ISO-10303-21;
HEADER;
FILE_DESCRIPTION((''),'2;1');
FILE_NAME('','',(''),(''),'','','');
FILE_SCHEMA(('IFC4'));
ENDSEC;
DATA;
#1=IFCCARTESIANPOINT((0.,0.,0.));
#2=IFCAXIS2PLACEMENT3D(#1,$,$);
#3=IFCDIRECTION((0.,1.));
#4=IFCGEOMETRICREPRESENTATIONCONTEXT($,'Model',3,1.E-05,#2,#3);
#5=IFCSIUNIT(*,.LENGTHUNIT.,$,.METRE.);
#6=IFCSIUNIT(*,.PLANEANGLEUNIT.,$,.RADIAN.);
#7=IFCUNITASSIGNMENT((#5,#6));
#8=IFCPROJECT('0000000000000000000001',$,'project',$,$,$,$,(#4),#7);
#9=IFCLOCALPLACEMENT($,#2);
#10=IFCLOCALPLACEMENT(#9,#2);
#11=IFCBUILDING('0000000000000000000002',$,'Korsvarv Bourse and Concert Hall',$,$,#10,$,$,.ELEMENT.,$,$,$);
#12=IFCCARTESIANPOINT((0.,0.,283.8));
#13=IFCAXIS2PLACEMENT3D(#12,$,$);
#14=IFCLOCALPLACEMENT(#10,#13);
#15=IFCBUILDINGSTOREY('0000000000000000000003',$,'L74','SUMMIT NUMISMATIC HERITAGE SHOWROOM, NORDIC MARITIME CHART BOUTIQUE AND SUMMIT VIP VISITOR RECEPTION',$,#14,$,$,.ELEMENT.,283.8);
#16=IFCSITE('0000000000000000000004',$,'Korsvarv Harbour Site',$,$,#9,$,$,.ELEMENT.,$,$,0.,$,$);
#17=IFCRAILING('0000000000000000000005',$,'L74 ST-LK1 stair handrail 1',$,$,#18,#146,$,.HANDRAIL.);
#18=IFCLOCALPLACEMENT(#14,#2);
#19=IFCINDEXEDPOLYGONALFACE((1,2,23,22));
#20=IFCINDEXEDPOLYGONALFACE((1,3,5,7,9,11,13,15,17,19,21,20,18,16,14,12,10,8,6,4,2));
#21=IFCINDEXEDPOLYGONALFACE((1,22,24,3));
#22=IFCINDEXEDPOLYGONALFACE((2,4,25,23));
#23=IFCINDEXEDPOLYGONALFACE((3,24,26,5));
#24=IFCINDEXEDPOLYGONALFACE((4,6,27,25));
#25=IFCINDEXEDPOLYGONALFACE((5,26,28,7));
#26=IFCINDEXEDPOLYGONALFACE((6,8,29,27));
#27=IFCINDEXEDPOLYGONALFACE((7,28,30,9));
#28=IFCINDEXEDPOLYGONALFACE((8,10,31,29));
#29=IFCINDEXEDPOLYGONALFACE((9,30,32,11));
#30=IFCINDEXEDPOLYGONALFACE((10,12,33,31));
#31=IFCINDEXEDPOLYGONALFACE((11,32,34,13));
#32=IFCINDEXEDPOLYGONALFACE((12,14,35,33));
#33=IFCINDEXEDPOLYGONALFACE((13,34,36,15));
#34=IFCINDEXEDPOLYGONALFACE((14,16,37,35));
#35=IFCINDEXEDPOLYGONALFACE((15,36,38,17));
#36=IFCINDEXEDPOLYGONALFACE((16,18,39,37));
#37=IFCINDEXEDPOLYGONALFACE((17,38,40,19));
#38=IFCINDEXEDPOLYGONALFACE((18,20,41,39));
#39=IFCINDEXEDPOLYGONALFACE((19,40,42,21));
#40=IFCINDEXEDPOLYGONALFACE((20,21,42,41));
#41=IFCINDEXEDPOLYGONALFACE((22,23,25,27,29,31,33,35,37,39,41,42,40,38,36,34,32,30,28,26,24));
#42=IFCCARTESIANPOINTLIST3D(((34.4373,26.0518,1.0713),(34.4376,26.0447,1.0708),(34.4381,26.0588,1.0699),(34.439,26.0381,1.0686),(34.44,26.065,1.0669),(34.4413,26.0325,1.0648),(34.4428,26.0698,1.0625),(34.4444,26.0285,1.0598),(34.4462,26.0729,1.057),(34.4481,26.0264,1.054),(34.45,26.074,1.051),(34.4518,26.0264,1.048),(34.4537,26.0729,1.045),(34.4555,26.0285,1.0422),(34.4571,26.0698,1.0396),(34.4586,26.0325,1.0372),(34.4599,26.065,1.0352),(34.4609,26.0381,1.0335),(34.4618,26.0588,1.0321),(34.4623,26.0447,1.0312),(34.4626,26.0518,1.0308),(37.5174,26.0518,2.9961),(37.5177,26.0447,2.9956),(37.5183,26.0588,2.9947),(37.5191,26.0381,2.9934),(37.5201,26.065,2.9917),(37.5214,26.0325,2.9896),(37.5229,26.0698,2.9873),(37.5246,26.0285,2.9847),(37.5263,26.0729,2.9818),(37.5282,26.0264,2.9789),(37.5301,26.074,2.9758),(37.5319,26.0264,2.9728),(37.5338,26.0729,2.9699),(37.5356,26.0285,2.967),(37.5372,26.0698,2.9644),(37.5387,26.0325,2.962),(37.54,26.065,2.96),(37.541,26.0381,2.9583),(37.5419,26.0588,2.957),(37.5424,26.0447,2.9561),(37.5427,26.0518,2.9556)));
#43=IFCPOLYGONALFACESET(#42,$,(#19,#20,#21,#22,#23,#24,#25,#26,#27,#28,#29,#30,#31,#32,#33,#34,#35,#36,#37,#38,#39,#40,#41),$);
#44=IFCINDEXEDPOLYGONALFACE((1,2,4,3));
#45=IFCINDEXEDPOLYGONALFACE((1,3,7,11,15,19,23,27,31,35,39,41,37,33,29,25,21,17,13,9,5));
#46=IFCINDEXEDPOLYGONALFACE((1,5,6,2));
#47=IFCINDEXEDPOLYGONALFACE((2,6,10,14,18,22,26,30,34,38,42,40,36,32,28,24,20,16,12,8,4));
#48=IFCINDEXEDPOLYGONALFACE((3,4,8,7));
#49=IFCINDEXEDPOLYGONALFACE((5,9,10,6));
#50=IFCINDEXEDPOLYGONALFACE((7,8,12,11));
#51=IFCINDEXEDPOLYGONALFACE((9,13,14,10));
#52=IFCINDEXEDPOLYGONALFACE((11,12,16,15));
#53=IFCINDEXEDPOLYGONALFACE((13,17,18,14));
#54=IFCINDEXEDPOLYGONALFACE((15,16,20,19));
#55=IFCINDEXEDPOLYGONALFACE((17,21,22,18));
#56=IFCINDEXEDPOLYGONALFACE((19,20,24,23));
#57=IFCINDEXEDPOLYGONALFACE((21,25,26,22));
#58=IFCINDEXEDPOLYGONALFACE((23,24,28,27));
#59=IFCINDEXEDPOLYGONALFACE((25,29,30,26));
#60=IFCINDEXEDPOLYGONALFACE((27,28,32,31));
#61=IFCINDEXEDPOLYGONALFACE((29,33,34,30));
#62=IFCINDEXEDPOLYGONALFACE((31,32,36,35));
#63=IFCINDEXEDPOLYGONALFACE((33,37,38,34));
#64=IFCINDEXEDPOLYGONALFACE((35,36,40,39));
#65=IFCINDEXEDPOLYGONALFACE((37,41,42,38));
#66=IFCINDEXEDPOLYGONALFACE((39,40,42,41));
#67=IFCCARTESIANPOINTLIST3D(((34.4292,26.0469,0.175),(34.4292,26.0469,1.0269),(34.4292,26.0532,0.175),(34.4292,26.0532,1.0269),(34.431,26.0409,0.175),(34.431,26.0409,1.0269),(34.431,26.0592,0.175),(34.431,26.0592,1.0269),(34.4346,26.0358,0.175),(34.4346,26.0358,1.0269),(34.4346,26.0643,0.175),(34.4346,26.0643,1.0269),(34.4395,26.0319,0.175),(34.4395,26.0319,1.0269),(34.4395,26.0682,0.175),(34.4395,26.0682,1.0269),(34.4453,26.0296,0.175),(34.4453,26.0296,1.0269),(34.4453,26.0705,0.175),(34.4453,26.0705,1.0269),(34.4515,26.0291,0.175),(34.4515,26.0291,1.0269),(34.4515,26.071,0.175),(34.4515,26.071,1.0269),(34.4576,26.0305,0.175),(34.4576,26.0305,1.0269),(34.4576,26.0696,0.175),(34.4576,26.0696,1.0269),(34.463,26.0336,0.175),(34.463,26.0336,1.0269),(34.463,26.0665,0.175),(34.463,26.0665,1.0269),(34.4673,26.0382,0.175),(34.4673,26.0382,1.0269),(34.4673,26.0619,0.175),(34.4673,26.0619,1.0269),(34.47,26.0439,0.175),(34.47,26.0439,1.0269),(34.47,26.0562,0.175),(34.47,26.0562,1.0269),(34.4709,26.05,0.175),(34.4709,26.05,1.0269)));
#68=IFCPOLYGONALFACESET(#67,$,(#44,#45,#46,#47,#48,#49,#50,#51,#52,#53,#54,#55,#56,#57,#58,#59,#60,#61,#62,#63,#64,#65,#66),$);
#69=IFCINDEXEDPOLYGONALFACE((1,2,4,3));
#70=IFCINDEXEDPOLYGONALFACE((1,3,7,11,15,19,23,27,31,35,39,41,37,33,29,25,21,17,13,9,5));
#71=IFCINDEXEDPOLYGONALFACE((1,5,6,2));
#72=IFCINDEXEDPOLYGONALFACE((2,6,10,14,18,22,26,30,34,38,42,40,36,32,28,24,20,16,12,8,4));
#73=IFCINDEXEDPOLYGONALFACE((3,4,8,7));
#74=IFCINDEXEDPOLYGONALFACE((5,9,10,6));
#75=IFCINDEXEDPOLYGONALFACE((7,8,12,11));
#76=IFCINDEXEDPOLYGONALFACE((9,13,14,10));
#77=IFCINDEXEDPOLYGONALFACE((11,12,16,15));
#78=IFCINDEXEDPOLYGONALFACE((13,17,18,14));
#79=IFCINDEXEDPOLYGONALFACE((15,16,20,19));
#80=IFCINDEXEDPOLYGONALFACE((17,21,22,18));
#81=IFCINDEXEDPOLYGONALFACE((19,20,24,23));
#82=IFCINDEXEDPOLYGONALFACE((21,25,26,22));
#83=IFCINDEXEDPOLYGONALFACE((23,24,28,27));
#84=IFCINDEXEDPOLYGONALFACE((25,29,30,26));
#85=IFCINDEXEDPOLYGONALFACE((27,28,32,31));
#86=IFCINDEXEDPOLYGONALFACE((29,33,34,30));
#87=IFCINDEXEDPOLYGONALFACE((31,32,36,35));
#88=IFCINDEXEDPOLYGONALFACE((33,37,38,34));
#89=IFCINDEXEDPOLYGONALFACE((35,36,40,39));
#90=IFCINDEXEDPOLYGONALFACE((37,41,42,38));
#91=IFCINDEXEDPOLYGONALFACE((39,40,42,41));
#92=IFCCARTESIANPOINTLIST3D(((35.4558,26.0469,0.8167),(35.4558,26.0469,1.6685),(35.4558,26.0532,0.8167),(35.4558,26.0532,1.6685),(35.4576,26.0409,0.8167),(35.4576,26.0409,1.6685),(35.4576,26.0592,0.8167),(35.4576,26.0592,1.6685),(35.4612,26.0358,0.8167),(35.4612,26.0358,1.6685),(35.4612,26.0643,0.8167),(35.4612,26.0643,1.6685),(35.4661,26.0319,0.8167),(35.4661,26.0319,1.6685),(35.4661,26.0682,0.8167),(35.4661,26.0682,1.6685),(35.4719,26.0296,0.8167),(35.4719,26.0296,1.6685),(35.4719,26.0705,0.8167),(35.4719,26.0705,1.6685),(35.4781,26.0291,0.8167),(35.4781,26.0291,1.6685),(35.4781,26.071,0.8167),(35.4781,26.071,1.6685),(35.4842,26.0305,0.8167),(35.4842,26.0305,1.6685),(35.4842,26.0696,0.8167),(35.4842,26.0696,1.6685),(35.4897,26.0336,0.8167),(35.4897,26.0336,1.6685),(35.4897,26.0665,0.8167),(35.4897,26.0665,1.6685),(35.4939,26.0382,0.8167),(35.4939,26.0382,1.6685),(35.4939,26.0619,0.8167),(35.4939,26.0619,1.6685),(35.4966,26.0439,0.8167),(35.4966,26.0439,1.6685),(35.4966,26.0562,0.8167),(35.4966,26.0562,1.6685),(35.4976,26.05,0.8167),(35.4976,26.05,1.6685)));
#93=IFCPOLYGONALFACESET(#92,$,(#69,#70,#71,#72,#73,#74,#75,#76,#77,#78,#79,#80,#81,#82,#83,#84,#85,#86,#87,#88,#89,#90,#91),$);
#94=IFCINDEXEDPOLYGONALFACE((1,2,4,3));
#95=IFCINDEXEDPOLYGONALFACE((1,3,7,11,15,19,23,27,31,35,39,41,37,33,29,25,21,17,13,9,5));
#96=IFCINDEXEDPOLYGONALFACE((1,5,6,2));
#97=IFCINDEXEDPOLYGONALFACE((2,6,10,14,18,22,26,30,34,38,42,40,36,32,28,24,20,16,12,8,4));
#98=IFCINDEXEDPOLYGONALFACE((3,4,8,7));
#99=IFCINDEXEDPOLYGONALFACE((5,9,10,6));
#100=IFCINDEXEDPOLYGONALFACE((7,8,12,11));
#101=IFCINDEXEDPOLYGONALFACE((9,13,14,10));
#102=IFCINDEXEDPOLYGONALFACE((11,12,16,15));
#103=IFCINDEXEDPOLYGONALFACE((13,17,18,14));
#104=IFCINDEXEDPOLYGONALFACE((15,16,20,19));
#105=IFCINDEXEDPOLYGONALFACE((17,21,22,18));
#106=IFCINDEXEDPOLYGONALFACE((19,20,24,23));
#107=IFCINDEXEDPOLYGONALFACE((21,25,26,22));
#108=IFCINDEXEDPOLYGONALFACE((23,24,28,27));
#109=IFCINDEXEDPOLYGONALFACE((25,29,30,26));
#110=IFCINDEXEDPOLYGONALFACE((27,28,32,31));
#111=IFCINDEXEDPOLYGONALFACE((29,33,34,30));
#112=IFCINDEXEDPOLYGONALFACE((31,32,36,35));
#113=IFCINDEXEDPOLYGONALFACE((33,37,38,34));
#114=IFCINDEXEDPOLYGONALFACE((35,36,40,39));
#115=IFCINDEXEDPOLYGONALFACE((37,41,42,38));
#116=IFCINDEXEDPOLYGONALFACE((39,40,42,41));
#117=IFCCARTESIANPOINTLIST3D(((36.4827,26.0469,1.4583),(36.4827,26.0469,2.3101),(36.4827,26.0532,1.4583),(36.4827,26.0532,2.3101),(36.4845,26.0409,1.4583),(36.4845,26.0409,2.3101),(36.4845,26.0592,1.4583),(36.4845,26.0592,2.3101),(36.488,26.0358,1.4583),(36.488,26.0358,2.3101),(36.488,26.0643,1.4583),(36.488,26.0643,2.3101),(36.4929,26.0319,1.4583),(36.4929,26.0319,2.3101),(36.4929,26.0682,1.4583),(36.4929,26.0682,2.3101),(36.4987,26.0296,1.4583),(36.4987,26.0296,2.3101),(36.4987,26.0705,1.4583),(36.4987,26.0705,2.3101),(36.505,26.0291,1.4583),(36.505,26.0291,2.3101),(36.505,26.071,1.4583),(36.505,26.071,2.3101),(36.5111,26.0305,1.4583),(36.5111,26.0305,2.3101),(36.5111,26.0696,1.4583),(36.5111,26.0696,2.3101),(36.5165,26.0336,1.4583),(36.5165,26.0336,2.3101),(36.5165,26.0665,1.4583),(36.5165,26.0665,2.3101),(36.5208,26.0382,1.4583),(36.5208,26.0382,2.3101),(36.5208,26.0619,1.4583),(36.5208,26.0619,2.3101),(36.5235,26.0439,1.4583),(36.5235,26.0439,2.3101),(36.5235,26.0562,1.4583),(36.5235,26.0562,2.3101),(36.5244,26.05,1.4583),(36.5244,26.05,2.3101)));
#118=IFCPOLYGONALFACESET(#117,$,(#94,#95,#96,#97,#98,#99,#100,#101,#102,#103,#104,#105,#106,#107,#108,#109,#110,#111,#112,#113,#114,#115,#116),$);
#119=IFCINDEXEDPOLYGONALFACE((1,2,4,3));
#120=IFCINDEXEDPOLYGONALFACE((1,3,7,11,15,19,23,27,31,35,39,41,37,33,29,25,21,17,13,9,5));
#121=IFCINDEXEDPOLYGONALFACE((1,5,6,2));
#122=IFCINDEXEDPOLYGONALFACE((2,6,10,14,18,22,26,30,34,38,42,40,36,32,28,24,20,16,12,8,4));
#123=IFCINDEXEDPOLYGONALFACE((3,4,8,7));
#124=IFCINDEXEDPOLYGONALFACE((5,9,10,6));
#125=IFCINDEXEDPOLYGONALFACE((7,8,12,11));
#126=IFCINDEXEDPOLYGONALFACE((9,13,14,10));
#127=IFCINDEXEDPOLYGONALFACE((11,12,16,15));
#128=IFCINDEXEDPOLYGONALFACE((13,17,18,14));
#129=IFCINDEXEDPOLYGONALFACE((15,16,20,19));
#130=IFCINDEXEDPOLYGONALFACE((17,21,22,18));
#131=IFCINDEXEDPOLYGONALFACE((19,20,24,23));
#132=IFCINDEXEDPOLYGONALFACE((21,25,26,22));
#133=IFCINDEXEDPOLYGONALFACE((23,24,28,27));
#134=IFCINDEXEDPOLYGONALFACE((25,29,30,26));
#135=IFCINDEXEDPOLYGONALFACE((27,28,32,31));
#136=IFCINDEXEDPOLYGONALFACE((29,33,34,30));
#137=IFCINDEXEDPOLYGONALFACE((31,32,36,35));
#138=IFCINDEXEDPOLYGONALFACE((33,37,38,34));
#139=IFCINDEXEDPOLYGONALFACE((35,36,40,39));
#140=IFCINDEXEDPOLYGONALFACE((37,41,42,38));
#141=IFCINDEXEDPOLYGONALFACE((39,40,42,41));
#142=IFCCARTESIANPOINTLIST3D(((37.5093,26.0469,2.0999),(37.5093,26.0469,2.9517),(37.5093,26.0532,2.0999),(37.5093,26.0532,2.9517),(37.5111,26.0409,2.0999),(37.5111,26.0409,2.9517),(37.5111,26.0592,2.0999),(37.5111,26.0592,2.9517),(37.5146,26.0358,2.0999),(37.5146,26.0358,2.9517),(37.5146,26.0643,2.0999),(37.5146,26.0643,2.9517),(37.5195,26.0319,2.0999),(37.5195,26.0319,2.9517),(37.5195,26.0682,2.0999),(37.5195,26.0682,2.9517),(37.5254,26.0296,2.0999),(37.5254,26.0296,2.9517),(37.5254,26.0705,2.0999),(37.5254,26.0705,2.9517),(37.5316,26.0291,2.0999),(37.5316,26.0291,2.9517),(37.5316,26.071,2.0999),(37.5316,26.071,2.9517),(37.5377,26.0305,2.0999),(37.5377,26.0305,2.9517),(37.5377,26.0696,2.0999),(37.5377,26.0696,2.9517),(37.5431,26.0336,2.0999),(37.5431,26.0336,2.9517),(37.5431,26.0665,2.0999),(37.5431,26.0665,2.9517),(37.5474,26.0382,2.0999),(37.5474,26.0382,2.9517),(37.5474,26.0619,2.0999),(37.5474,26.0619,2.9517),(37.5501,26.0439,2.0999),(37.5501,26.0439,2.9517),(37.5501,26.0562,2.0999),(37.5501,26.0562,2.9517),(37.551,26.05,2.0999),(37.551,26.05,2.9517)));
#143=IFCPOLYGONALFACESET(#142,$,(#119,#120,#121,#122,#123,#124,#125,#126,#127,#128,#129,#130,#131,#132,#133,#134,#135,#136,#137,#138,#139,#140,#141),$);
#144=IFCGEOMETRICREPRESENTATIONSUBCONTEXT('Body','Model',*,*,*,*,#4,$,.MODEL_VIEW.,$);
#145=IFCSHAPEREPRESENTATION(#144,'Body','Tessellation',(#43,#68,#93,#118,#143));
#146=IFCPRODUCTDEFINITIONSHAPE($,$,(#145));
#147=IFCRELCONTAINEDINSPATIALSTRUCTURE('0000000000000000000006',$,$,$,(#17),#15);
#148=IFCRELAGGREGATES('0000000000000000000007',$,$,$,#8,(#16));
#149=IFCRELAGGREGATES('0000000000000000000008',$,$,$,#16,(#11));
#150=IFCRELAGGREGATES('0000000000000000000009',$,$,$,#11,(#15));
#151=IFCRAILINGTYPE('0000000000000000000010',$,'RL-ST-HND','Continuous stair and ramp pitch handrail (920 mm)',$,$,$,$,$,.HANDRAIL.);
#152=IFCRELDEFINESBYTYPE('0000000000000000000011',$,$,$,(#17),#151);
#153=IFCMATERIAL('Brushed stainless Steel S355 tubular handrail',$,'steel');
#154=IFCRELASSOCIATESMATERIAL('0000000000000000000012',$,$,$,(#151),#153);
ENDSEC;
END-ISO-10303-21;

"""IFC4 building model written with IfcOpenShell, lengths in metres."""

from ifc_helpers import new_model, si_unit, direction, frame, origin, origin_2d, place, context, subcontext, project, spatial, circle, extrude, material, type_object, element, save


model = new_model("IFC4")

# Units and contexts
model_context = context("Model", 3, precision=1e-05, world=origin(), true_north=direction((0.0, 1.0)))
body_context = subcontext(model_context, "Body", "Model", "MODEL_VIEW")
ifc_project = project(units=[si_unit("LENGTHUNIT", "METRE"), si_unit("PLANEANGLEUNIT", "RADIAN")], contexts=[model_context])

# Site, building, storey
site_placement = place(None, origin())
site = spatial("IfcSite", under=ifc_project, at=site_placement, Name="Korsvarv Harbour Site", CompositionType="ELEMENT", RefElevation=0.0)
building_placement = place(site_placement, origin())
building = spatial("IfcBuilding", under=site, at=building_placement, Name="Korsvarv Bourse and Concert Hall", CompositionType="ELEMENT")
storey_placement = place(building_placement, frame((0.0, 0.0, 283.8)))
storey = spatial("IfcBuildingStorey", under=building, at=storey_placement, Name="L74", Description="SUMMIT NUMISMATIC HERITAGE SHOWROOM, NORDIC MARITIME CHART BOUTIQUE AND SUMMIT VIP VISITOR RECEPTION", CompositionType="ELEMENT", Elevation=283.8)

# Railing
ifc_material_1 = material(Name="Brushed stainless Steel S355 tubular handrail", Category="steel")
railing_type_1 = type_object("IfcRailingType", Name="RL-ST-HND", Description="Continuous stair and ramp pitch handrail (920 mm)", PredefinedType="HANDRAIL", material=ifc_material_1)
railing_1_placement = place(storey_placement, frame((34.45, 26.05, 0.175)))
element("IfcRailing", 1, at=railing_1_placement, inside=storey, type_object=railing_type_1, Name="L74 ST-LK1 stair handrail 1", PredefinedType="HANDRAIL", context=body_context, shape_type="SweptSolid", body=[
    extrude(circle(Radius=0.0239, at=origin_2d()), frame((0.0, 0.0, 0.876), z_axis=(0.848029, 0.0, 0.529951), x_axis=(0.0, 1.0, 0.0)), (0.0, 0.0, 1.0), 3.6321),
    extrude(circle(Radius=0.021, at=origin_2d()), origin(), (0.0, 0.0, 1.0), 0.8518),
    extrude(circle(Radius=0.021, at=origin_2d()), frame((1.0266, 0.0, 0.6416)), (0.0, 0.0, 1.0), 0.8518),
    extrude(circle(Radius=0.021, at=origin_2d()), frame((2.0535, 0.0, 1.2832)), (0.0, 0.0, 1.0), 0.8518),
    extrude(circle(Radius=0.021, at=origin_2d()), frame((3.0801, 0.0, 1.9248)), (0.0, 0.0, 1.0), 0.8518),
])

save(model, "model.ifc")
